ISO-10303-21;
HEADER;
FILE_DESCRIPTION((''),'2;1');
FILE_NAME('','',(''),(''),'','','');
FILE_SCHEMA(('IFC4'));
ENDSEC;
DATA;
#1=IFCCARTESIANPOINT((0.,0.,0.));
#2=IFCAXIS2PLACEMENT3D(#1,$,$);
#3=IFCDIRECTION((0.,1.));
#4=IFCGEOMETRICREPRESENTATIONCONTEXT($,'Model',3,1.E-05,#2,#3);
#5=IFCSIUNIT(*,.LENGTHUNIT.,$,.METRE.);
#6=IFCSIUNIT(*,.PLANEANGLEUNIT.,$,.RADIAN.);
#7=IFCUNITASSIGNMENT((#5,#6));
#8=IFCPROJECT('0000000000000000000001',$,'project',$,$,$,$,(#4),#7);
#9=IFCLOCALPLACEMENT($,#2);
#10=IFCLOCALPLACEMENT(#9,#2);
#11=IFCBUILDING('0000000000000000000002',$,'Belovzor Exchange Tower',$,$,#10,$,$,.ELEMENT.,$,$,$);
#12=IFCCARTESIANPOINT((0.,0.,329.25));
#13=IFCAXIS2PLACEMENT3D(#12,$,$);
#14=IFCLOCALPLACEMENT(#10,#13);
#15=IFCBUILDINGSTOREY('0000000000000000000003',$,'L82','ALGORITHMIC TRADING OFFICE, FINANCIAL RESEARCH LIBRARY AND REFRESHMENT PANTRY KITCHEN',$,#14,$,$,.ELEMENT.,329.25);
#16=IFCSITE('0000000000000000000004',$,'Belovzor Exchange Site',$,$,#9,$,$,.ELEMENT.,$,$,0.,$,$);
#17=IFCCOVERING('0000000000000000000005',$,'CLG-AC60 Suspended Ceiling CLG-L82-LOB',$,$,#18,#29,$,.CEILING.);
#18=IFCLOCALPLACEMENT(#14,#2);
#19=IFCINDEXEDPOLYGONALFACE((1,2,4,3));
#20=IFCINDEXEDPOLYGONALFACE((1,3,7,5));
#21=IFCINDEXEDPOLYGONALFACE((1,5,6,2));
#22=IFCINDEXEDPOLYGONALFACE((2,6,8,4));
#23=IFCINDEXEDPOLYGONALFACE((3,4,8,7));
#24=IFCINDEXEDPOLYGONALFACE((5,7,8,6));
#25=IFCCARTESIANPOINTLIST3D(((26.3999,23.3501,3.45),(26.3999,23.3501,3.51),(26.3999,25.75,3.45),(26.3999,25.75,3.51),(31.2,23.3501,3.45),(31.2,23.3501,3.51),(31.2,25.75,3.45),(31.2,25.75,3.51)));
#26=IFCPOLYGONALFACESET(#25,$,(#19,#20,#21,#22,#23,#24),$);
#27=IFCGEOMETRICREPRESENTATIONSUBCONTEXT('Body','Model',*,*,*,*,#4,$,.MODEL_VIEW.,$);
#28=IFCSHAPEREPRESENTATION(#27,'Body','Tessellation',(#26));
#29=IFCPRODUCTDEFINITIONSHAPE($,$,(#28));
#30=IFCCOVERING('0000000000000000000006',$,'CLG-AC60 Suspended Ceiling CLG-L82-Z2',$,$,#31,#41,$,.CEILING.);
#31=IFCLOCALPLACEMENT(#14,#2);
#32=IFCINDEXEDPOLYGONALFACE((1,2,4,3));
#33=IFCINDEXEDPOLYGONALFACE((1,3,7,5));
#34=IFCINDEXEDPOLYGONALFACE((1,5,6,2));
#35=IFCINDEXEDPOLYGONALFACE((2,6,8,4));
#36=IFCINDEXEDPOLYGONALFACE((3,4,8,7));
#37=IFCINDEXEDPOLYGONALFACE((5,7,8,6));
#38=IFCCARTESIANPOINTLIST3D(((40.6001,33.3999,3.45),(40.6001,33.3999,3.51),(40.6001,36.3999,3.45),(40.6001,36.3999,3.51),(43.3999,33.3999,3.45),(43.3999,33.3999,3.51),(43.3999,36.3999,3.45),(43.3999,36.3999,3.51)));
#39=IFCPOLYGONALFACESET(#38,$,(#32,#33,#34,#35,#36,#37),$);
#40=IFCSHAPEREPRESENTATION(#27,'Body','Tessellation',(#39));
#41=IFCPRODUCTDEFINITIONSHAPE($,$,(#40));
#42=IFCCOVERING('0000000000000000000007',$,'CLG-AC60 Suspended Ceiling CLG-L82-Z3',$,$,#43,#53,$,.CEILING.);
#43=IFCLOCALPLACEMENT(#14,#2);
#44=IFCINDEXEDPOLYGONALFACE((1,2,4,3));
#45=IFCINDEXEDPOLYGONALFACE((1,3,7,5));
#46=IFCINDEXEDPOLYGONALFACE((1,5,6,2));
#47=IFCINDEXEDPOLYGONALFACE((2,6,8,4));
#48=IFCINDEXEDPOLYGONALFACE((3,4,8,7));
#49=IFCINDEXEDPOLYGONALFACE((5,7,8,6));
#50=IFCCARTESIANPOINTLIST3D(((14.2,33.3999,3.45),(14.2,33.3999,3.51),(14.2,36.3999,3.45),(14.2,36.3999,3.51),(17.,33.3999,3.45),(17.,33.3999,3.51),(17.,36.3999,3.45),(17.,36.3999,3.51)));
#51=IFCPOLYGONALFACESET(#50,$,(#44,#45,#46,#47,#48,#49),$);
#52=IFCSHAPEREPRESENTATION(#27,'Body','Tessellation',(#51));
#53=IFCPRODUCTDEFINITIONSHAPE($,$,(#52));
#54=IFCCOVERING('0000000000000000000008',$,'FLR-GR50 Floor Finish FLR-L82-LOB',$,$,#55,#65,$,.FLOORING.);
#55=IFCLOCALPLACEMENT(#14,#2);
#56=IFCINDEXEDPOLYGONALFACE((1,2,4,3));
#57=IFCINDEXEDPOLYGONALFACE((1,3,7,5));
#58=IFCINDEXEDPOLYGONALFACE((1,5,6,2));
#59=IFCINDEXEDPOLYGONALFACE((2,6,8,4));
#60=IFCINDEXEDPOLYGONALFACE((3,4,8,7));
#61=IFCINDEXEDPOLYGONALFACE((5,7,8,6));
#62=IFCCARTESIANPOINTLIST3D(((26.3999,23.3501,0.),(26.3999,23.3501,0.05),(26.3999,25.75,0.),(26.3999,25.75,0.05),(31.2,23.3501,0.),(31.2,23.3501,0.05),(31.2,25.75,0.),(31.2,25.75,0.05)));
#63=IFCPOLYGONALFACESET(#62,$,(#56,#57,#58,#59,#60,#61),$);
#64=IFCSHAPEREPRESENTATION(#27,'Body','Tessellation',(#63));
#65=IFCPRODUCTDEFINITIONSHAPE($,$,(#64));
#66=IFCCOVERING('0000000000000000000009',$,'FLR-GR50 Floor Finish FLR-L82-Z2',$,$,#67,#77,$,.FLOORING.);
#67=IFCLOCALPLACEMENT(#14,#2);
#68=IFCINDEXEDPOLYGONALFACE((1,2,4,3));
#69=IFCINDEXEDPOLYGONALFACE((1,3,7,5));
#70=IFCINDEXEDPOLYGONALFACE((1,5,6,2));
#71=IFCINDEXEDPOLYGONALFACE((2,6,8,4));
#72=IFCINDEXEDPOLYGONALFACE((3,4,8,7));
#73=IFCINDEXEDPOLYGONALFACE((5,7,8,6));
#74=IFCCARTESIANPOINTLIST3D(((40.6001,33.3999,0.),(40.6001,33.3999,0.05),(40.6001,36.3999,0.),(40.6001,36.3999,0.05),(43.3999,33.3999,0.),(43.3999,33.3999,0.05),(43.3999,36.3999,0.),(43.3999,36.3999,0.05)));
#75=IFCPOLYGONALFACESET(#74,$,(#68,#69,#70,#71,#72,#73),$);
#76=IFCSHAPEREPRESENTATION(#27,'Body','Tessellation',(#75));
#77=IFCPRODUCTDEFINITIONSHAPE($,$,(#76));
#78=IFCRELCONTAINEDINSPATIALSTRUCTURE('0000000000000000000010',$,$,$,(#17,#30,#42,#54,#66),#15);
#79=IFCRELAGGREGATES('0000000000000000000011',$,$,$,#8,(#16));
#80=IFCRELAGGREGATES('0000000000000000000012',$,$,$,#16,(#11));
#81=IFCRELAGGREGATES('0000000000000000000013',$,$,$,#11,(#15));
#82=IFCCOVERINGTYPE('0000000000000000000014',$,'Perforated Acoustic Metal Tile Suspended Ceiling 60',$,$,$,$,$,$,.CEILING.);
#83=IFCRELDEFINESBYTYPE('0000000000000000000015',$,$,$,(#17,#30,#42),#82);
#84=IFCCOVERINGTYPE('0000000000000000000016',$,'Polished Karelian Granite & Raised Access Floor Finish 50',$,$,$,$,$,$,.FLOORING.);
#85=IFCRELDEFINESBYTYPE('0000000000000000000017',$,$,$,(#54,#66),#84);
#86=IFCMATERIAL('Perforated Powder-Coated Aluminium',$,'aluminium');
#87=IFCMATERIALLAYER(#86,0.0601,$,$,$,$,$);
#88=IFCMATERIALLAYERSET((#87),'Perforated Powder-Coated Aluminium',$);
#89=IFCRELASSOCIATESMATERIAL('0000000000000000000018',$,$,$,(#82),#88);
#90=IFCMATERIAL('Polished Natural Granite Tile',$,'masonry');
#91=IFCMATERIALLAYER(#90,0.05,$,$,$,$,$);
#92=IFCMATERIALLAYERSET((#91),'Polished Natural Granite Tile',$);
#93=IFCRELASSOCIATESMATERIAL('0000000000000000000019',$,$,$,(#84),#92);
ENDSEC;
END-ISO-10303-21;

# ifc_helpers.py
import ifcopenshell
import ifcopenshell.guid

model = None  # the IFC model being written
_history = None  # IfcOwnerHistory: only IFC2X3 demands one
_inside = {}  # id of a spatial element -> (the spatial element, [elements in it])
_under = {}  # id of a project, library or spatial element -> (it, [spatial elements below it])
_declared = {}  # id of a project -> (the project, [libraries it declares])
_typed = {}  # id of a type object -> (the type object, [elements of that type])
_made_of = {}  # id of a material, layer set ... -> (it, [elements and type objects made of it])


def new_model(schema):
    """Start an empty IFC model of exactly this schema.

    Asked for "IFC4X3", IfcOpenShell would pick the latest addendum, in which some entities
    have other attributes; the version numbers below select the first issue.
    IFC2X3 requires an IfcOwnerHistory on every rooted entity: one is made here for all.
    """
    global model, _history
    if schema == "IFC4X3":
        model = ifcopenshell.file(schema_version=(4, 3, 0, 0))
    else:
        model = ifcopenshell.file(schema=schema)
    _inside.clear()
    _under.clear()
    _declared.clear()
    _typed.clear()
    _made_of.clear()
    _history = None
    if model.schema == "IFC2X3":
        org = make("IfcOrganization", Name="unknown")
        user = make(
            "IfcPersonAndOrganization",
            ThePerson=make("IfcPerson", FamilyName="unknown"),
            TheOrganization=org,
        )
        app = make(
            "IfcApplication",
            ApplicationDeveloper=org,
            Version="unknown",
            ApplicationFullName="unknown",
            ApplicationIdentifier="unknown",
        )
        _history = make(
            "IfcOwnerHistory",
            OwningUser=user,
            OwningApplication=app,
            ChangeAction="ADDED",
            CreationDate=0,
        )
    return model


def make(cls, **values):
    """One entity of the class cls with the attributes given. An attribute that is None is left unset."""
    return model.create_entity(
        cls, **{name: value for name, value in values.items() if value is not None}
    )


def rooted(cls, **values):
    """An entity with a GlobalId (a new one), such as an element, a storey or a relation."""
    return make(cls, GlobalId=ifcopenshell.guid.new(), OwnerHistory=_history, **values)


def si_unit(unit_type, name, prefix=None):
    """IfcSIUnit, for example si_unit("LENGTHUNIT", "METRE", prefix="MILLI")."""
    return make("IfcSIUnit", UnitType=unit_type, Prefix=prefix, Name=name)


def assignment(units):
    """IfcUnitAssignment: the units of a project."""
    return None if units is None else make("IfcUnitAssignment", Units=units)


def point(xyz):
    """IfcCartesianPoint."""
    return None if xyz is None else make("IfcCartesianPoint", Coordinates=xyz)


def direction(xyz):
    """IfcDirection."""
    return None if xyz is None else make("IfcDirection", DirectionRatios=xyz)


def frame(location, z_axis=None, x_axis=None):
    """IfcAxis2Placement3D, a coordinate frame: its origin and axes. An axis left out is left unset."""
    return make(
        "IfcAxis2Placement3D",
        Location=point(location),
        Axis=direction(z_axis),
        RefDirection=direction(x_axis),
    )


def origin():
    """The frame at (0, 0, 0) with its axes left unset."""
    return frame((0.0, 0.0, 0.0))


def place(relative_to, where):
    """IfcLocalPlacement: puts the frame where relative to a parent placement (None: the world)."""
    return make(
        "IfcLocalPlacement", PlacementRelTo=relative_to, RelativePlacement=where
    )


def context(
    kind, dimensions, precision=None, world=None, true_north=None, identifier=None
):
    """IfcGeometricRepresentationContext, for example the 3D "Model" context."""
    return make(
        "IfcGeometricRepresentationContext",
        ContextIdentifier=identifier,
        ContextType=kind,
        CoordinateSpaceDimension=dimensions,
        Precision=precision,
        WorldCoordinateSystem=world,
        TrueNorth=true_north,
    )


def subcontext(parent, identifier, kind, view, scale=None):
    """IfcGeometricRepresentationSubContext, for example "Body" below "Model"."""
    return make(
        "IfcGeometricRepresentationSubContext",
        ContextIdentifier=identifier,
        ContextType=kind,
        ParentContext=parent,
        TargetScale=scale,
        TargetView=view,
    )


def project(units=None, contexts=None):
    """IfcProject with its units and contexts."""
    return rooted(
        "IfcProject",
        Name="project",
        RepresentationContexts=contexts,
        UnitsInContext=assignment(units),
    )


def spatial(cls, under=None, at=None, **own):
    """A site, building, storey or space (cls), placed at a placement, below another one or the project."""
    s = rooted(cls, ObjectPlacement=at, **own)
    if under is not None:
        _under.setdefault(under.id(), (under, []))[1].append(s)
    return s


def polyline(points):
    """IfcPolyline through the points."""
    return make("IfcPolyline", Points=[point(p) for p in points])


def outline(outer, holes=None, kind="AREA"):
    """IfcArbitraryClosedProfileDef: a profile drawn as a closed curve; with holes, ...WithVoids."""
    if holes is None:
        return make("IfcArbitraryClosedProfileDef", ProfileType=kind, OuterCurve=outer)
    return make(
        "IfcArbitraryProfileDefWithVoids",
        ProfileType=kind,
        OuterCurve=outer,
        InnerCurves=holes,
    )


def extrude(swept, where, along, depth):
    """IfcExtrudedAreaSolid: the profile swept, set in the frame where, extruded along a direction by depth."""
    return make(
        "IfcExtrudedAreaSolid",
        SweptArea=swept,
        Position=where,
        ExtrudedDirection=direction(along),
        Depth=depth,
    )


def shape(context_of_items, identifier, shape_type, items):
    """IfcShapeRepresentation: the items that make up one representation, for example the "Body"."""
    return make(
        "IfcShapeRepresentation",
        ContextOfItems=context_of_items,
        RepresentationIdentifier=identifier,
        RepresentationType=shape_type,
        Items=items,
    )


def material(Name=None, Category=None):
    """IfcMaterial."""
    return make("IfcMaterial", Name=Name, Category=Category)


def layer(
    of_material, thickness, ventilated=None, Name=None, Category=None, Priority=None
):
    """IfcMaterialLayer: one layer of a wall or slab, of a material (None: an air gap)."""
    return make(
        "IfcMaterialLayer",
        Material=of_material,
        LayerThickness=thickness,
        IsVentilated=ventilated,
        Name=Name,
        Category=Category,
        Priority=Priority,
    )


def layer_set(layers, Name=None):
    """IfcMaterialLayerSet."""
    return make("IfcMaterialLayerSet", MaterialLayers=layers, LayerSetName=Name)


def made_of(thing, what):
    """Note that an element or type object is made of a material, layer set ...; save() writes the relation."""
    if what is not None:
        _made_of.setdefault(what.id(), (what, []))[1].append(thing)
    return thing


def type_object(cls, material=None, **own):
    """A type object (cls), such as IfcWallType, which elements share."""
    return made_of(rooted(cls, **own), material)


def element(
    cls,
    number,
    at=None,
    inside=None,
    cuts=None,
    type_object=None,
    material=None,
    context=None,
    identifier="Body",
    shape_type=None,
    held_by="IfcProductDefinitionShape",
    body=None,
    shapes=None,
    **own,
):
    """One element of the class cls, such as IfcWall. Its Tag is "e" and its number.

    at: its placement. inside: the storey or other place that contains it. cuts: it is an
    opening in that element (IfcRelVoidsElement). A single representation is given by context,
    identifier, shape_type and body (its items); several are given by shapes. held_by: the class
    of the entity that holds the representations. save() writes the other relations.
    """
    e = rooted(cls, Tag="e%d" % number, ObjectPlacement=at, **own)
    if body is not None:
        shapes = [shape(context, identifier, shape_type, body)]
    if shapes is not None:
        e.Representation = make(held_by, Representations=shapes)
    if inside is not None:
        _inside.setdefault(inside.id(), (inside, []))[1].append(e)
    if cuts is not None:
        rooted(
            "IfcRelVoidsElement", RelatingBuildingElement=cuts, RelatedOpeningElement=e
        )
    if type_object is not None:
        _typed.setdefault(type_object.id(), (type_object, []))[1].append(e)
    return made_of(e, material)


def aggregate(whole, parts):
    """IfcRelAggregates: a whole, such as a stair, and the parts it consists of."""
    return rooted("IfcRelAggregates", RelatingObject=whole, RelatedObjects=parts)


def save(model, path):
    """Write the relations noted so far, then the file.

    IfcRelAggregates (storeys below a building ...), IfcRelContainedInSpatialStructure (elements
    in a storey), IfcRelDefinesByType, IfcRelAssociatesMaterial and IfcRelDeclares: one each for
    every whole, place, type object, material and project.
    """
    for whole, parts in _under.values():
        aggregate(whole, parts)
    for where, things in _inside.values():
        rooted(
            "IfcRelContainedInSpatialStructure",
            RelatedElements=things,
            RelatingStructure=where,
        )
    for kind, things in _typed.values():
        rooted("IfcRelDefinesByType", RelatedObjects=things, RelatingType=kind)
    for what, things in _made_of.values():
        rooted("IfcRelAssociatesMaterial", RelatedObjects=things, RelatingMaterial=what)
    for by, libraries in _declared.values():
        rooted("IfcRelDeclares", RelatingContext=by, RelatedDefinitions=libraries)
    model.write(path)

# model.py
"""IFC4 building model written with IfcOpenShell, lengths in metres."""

from ifc_helpers import new_model, si_unit, direction, frame, origin, place, context, subcontext, project, spatial, polyline, outline, extrude, material, layer, layer_set, type_object, element, save


model = new_model("IFC4")

# Units and contexts
model_context = context("Model", 3, precision=1e-05, world=origin(), true_north=direction((0.0, 1.0)))
body_context = subcontext(model_context, "Body", "Model", "MODEL_VIEW")
ifc_project = project(units=[si_unit("LENGTHUNIT", "METRE"), si_unit("PLANEANGLEUNIT", "RADIAN")], contexts=[model_context])

# Site, building, storey
site_placement = place(None, origin())
site = spatial("IfcSite", under=ifc_project, at=site_placement, Name="Belovzor Exchange Site", CompositionType="ELEMENT", RefElevation=0.0)
building_placement = place(site_placement, origin())
building = spatial("IfcBuilding", under=site, at=building_placement, Name="Belovzor Exchange Tower", CompositionType="ELEMENT")
storey_placement = place(building_placement, frame((0.0, 0.0, 329.25)))
storey = spatial("IfcBuildingStorey", under=building, at=storey_placement, Name="L82", Description="ALGORITHMIC TRADING OFFICE, FINANCIAL RESEARCH LIBRARY AND REFRESHMENT PANTRY KITCHEN", CompositionType="ELEMENT", Elevation=329.25)

# Coverings
ifc_material_1 = material(Name="Perforated Powder-Coated Aluminium", Category="aluminium")
ifc_layer_1 = layer(ifc_material_1, 0.0601)
ifc_layer_set_1 = layer_set([ifc_layer_1], Name="Perforated Powder-Coated Aluminium")
covering_type_1 = type_object("IfcCoveringType", Name="Perforated Acoustic Metal Tile Suspended Ceiling 60", PredefinedType="CEILING", material=ifc_layer_set_1)
covering_1_placement = place(storey_placement, frame((0.0, 0.0, 3.45)))
element("IfcCovering", 1, at=covering_1_placement, inside=storey, type_object=covering_type_1, Name="CLG-AC60 Suspended Ceiling CLG-L82-LOB", PredefinedType="CEILING", context=body_context, shape_type="SweptSolid", body=[
    extrude(outline(polyline([(26.3999, 23.3501), (31.2, 23.3501), (31.2, 25.75), (26.3999, 25.75), (26.3999, 23.3501)])), origin(), (0.0, 0.0, 1.0), 0.0601),
])
covering_2_placement = place(storey_placement, frame((0.0, 0.0, 3.45)))
element("IfcCovering", 2, at=covering_2_placement, inside=storey, type_object=covering_type_1, Name="CLG-AC60 Suspended Ceiling CLG-L82-Z2", PredefinedType="CEILING", context=body_context, shape_type="SweptSolid", body=[
    extrude(outline(polyline([(40.6001, 33.3999), (43.3999, 33.3999), (43.3999, 36.3999), (40.6001, 36.3999), (40.6001, 33.3999)])), origin(), (0.0, 0.0, 1.0), 0.0601),
])
covering_3_placement = place(storey_placement, frame((0.0, 0.0, 3.45)))
element("IfcCovering", 3, at=covering_3_placement, inside=storey, type_object=covering_type_1, Name="CLG-AC60 Suspended Ceiling CLG-L82-Z3", PredefinedType="CEILING", context=body_context, shape_type="SweptSolid", body=[
    extrude(outline(polyline([(14.2, 33.3999), (17.0, 33.3999), (17.0, 36.3999), (14.2, 36.3999), (14.2, 33.3999)])), origin(), (0.0, 0.0, 1.0), 0.0601),
])
ifc_material_2 = material(Name="Polished Natural Granite Tile", Category="masonry")
ifc_layer_2 = layer(ifc_material_2, 0.05)
ifc_layer_set_2 = layer_set([ifc_layer_2], Name="Polished Natural Granite Tile")
covering_type_2 = type_object("IfcCoveringType", Name="Polished Karelian Granite & Raised Access Floor Finish 50", PredefinedType="FLOORING", material=ifc_layer_set_2)
covering_4_placement = place(storey_placement, origin())
element("IfcCovering", 4, at=covering_4_placement, inside=storey, type_object=covering_type_2, Name="FLR-GR50 Floor Finish FLR-L82-LOB", PredefinedType="FLOORING", context=body_context, shape_type="SweptSolid", body=[
    extrude(outline(polyline([(26.3999, 23.3501), (31.2, 23.3501), (31.2, 25.75), (26.3999, 25.75), (26.3999, 23.3501)])), origin(), (0.0, 0.0, 1.0), 0.05),
])
covering_5_placement = place(storey_placement, origin())
element("IfcCovering", 5, at=covering_5_placement, inside=storey, type_object=covering_type_2, Name="FLR-GR50 Floor Finish FLR-L82-Z2", PredefinedType="FLOORING", context=body_context, shape_type="SweptSolid", body=[
    extrude(outline(polyline([(40.6001, 33.3999), (43.3999, 33.3999), (43.3999, 36.3999), (40.6001, 36.3999), (40.6001, 33.3999)])), origin(), (0.0, 0.0, 1.0), 0.05),
])

save(model, "model.ifc")
